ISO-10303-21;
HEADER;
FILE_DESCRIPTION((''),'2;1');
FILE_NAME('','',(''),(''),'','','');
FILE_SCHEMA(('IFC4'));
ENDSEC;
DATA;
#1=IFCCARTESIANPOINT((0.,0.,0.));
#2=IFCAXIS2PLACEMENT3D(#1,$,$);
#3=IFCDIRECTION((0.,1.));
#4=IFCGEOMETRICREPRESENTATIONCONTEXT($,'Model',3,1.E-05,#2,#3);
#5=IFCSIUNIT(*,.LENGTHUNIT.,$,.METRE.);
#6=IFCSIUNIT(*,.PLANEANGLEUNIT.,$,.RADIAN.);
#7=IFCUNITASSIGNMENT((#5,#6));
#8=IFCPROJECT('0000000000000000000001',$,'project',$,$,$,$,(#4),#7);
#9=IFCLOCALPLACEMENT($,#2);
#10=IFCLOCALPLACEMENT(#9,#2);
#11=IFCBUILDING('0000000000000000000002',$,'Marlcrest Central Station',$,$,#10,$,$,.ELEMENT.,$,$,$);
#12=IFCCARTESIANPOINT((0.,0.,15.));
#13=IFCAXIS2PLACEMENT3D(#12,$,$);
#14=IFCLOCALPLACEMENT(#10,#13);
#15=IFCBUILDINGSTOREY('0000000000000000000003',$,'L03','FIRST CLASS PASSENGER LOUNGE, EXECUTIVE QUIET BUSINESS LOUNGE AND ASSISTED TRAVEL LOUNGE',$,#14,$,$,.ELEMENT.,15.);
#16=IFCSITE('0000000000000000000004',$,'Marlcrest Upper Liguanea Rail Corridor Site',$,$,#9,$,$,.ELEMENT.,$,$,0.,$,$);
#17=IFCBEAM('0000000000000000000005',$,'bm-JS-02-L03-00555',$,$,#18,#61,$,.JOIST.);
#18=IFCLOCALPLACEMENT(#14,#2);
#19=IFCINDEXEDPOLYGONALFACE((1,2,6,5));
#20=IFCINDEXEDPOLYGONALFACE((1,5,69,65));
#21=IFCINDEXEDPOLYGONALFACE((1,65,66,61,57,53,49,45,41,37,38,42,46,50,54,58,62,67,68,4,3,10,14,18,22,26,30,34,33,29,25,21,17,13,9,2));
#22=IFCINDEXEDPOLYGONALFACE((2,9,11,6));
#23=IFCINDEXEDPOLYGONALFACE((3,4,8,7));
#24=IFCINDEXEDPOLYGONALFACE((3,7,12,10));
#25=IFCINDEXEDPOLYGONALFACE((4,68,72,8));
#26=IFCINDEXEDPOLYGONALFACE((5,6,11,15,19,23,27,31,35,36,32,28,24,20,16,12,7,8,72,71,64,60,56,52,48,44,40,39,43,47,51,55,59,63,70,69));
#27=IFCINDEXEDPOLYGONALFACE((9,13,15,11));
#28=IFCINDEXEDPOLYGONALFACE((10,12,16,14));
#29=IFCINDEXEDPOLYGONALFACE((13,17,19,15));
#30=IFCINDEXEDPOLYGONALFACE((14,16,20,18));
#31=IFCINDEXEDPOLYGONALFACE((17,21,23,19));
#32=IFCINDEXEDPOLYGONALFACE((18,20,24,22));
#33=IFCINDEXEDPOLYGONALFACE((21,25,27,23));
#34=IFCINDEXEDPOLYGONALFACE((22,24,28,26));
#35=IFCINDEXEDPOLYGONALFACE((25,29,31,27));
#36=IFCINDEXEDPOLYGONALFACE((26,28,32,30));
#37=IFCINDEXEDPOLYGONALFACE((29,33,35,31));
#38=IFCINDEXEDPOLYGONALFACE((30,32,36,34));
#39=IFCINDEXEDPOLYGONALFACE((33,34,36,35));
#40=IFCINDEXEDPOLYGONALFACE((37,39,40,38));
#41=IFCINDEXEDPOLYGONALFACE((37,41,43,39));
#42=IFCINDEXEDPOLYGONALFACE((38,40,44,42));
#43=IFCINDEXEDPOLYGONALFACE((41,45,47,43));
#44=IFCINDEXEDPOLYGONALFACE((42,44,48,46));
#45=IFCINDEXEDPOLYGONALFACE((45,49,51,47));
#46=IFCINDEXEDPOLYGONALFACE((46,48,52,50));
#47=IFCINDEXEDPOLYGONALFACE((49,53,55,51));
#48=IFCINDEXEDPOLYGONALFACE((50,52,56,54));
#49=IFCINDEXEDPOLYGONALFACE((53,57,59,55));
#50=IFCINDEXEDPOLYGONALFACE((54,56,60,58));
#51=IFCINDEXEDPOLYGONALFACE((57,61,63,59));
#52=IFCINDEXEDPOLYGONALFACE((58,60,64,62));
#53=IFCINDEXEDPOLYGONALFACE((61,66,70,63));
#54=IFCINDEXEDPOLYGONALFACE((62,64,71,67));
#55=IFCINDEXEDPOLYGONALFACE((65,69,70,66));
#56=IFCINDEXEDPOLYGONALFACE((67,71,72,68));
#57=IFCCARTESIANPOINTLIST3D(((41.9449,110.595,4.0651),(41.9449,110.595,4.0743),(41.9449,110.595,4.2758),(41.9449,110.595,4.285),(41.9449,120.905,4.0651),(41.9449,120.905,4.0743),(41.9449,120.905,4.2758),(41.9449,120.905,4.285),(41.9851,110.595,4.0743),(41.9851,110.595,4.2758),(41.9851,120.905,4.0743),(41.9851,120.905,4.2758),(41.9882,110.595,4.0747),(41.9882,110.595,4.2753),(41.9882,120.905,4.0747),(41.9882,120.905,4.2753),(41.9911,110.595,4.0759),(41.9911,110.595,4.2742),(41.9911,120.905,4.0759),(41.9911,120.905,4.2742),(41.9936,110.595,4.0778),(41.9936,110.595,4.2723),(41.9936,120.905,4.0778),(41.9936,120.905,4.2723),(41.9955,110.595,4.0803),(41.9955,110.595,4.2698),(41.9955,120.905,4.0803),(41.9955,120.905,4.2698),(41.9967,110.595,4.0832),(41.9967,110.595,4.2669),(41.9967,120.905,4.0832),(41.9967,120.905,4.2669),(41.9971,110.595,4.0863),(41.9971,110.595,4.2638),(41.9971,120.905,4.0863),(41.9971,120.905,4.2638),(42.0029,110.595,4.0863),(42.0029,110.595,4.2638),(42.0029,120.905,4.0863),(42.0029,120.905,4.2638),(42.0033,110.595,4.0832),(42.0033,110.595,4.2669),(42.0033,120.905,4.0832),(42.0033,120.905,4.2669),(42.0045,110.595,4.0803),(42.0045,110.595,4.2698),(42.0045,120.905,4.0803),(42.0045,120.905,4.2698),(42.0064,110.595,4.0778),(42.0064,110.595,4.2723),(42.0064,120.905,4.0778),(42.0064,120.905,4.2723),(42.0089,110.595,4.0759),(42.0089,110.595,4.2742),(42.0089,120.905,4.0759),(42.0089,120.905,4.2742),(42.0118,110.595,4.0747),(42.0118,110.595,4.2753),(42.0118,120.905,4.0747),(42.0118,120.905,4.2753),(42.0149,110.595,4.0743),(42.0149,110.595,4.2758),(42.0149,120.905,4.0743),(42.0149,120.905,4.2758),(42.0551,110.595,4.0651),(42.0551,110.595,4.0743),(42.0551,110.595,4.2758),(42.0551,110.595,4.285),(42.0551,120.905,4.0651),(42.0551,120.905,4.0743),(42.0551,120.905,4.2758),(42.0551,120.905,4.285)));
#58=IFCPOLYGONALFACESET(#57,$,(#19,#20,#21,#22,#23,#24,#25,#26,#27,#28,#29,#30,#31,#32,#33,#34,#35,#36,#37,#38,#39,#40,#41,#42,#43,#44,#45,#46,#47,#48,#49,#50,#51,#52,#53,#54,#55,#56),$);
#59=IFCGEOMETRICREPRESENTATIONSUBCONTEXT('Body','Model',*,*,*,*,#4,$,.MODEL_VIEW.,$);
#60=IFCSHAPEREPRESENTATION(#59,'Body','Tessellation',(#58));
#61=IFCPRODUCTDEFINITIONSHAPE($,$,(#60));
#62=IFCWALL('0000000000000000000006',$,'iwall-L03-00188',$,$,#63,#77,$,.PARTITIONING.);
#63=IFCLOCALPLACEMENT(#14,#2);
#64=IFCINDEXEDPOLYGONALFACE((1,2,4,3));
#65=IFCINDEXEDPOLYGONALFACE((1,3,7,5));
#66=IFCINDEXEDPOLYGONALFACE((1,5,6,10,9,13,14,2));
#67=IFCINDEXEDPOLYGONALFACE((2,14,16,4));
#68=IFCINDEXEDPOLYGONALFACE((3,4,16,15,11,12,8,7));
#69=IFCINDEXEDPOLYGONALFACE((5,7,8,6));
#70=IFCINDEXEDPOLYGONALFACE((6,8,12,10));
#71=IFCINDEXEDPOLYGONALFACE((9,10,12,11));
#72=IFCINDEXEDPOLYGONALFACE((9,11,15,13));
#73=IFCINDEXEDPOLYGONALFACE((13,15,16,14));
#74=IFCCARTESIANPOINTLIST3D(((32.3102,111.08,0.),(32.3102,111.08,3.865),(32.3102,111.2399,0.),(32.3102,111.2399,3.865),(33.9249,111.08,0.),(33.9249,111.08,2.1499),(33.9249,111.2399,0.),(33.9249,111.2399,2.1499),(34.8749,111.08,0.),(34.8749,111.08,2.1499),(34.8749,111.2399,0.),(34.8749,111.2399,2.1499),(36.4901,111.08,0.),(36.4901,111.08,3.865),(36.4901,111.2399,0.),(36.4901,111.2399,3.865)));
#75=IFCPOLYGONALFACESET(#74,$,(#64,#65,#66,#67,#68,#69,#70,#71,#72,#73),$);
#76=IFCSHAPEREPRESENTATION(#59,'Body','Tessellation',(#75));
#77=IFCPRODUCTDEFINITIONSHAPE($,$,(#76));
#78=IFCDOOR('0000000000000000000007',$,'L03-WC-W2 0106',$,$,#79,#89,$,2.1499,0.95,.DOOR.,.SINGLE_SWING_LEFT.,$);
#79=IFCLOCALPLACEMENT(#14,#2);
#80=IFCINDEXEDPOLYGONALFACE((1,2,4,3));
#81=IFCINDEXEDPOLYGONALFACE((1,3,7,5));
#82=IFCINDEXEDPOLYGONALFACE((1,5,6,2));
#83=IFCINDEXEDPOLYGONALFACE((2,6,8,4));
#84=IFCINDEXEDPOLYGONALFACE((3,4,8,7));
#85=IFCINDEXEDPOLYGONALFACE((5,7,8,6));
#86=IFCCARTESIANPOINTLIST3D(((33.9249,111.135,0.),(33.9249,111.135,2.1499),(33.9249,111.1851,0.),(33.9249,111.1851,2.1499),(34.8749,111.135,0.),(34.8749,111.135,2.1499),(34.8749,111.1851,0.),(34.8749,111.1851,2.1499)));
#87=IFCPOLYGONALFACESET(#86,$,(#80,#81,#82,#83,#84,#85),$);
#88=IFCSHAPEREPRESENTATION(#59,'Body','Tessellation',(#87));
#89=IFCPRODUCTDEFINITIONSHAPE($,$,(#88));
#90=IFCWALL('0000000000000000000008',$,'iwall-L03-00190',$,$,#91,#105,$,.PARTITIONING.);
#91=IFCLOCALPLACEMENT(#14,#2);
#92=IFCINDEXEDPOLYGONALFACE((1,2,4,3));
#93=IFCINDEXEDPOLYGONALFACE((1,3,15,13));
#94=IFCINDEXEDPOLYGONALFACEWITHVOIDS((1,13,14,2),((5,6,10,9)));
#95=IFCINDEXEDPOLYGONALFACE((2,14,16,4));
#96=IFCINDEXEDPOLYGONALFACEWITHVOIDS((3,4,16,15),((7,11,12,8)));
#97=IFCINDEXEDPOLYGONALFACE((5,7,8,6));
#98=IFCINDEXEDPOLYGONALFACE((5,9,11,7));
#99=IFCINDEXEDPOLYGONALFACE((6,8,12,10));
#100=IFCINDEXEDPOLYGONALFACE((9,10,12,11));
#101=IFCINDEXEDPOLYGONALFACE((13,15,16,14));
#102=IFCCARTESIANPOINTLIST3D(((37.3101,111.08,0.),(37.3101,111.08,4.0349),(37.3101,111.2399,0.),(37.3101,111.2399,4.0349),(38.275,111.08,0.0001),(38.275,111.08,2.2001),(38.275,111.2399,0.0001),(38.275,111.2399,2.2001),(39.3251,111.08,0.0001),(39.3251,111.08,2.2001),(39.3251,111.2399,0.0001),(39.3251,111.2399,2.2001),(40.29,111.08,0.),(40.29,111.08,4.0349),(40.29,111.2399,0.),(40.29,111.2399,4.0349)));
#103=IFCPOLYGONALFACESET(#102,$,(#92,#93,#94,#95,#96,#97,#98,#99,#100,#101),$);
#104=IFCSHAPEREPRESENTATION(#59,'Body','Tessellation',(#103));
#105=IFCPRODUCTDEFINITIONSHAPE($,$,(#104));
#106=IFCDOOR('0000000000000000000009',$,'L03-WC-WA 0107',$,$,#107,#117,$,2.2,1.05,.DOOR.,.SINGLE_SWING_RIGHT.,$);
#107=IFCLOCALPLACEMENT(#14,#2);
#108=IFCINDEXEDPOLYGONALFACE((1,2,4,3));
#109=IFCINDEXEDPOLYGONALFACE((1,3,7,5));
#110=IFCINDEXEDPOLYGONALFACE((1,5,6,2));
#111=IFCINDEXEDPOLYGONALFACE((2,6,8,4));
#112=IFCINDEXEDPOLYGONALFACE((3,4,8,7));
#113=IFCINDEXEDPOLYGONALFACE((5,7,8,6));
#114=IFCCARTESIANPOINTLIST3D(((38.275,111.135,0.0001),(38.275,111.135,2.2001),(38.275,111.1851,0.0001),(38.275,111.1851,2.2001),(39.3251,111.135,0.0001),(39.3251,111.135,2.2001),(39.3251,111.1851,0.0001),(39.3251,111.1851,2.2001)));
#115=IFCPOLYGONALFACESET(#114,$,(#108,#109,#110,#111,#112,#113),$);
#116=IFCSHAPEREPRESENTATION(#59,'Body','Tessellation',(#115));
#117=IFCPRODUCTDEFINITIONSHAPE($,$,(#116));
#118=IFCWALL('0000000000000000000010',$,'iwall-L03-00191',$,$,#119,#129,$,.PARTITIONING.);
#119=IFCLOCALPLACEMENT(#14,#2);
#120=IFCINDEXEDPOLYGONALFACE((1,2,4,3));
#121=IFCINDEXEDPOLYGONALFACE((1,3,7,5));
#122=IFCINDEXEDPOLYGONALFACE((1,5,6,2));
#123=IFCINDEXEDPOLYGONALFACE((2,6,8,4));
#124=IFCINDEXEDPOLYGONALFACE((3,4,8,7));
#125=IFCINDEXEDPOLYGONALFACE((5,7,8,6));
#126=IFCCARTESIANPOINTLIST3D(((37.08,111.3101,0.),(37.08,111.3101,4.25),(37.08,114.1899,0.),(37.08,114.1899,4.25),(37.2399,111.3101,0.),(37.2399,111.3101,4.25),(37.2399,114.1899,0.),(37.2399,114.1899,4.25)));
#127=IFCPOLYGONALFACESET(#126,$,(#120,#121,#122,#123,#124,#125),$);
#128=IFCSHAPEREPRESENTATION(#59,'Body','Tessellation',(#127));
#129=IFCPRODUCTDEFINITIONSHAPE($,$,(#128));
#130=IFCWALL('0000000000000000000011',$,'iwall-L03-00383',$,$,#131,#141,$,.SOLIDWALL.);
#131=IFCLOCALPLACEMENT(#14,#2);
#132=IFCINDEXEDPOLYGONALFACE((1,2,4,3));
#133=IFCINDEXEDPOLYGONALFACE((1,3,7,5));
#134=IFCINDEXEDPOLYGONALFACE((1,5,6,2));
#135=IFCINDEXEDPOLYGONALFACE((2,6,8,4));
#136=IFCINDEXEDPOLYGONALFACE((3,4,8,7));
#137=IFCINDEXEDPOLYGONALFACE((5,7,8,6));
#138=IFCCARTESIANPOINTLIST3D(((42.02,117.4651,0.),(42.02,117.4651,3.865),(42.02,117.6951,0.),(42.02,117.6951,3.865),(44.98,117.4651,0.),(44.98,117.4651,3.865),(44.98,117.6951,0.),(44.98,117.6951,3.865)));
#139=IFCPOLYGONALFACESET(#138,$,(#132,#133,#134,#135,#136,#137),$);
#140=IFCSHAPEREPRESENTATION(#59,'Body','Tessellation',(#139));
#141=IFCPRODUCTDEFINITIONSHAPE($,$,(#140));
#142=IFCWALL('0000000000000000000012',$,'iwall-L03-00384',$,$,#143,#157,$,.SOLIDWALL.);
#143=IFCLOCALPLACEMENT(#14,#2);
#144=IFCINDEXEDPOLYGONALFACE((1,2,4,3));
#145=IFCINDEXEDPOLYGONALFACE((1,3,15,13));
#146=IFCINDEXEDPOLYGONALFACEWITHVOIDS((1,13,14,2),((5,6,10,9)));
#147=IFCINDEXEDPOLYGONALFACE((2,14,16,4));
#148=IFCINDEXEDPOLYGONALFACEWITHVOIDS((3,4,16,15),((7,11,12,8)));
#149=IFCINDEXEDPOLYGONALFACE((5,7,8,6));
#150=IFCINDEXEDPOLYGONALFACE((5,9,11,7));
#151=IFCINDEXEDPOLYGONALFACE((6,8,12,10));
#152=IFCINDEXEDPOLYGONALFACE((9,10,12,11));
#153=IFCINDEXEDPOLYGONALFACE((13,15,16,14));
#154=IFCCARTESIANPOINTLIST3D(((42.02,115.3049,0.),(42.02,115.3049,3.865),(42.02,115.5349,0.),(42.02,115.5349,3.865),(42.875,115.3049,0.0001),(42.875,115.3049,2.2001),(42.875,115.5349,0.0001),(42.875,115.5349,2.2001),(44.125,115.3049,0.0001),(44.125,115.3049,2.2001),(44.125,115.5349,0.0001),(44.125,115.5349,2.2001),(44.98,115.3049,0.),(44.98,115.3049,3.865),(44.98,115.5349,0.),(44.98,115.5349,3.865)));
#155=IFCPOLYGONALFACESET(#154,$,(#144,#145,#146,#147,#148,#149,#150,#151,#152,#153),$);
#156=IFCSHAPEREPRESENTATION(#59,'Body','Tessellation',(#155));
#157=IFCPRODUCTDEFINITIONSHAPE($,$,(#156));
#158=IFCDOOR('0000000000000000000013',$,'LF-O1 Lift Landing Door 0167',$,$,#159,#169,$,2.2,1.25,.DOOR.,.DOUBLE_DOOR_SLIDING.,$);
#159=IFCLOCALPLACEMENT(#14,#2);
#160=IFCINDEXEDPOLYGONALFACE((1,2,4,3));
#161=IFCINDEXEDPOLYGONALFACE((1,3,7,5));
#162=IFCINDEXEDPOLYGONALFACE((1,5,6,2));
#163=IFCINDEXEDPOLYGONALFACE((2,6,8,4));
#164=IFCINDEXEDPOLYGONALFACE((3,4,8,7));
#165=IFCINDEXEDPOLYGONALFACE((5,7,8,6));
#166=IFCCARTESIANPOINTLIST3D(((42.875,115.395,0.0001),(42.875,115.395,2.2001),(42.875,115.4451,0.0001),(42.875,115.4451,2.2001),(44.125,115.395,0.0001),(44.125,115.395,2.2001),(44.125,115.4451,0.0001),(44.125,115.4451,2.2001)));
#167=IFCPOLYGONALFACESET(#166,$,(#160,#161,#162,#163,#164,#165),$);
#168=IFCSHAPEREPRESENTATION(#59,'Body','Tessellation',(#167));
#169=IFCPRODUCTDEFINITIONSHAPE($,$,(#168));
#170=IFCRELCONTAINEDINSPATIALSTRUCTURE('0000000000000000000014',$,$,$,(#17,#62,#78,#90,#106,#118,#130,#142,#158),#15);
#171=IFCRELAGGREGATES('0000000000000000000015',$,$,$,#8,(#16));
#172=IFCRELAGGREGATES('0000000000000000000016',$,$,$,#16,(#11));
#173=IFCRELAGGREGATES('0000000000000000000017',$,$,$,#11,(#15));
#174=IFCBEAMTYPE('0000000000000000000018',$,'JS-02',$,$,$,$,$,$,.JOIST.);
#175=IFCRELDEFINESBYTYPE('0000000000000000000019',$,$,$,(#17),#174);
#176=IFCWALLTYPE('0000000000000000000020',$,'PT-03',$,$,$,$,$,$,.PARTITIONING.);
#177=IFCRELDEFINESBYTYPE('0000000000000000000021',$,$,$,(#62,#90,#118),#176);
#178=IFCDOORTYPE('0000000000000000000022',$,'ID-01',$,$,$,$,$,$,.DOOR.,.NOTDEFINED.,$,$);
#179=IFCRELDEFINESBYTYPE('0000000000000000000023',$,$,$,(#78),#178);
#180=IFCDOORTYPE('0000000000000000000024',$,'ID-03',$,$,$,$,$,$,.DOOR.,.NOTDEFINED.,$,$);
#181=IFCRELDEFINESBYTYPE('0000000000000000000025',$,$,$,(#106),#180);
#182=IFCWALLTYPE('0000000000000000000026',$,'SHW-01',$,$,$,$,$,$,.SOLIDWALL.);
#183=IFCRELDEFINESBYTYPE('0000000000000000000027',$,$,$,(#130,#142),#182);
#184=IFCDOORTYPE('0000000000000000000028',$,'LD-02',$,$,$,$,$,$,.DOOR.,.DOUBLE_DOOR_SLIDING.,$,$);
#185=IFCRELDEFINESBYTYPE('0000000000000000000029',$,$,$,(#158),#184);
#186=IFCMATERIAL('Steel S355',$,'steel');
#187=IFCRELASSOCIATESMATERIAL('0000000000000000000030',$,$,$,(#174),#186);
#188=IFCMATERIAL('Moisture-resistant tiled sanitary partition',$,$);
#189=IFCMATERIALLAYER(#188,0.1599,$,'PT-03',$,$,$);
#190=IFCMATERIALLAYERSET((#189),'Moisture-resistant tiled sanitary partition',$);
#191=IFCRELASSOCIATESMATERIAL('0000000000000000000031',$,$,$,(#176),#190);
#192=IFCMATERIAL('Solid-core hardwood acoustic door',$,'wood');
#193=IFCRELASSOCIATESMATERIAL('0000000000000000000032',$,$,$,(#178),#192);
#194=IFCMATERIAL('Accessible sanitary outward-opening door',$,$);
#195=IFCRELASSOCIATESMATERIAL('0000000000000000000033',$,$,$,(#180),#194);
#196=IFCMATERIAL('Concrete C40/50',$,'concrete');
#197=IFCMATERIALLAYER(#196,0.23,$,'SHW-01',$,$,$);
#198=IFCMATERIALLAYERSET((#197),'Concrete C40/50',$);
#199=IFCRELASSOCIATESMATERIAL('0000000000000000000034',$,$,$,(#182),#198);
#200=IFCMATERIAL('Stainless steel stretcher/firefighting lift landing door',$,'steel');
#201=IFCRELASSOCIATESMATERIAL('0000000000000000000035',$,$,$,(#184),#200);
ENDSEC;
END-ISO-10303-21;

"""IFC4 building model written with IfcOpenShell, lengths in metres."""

from ifc_helpers import new_model, si_unit, direction, frame, frame_2d, origin, origin_2d, place, context, subcontext, project, spatial, rectangle, i_section, extrude, material, layer, layer_set, material_profile, profile_set, type_object, element, fill, save


model = new_model("IFC4")

# Units and contexts
model_context = context("Model", 3, precision=1e-05, world=origin(), true_north=direction((0.0, 1.0)))
body_context = subcontext(model_context, "Body", "Model", "MODEL_VIEW")
ifc_project = project(units=[si_unit("LENGTHUNIT", "METRE"), si_unit("PLANEANGLEUNIT", "RADIAN")], contexts=[model_context])

# Site, building, storey
site_placement = place(None, origin())
site = spatial("IfcSite", under=ifc_project, at=site_placement, Name="Marlcrest Upper Liguanea Rail Corridor Site", CompositionType="ELEMENT", RefElevation=0.0)
building_placement = place(site_placement, origin())
building = spatial("IfcBuilding", under=site, at=building_placement, Name="Marlcrest Central Station", CompositionType="ELEMENT")
storey_placement = place(building_placement, frame((0.0, 0.0, 15.0)))
storey = spatial("IfcBuildingStorey", under=building, at=storey_placement, Name="L03", Description="FIRST CLASS PASSENGER LOUNGE, EXECUTIVE QUIET BUSINESS LOUNGE AND ASSISTED TRAVEL LOUNGE", CompositionType="ELEMENT", Elevation=15.0)

# Beam
ifc_material_1 = material(Name="Steel S355", Category="steel")
ifc_material_profile = material_profile(ifc_material_1, i_section(OverallWidth=0.1101, OverallDepth=0.22, WebThickness=0.0059, FlangeThickness=0.0093, FilletRadius=0.012, at=origin_2d()), Name="IPE 220")
ifc_profile_set = profile_set([ifc_material_profile], Name="Steel S355")
beam_type = type_object("IfcBeamType", Name="JS-02", PredefinedType="JOIST", material=ifc_profile_set)
beam_placement = place(storey_placement, frame((42.0, 110.595, 4.175), z_axis=(0.0, 1.0, 0.0), x_axis=(-1.0, 0.0, 0.0)))
element("IfcBeam", 1, at=beam_placement, inside=storey, type_object=beam_type, Name="bm-JS-02-L03-00555", PredefinedType="JOIST", context=body_context, shape_type="SweptSolid", body=[
    extrude(i_section(OverallWidth=0.1101, OverallDepth=0.22, WebThickness=0.0059, FlangeThickness=0.0093, FilletRadius=0.012, at=origin_2d()), origin(), (0.0, 0.0, 1.0), 10.3101),
])

# Walls, openings, doors
ifc_material_2 = material(Name="Moisture-resistant tiled sanitary partition")
ifc_layer_1 = layer(ifc_material_2, 0.1599, Name="PT-03")
ifc_layer_set_1 = layer_set([ifc_layer_1], Name="Moisture-resistant tiled sanitary partition")
wall_type_1 = type_object("IfcWallType", Name="PT-03", PredefinedType="PARTITIONING", material=ifc_layer_set_1)
wall_1_placement = place(storey_placement, frame((36.49, 111.1599, 0.0), z_axis=(0.0, 0.0, 1.0), x_axis=(-1.0, 0.0, 0.0)))
wall_1 = element("IfcWall", 2, at=wall_1_placement, inside=storey, type_object=wall_type_1, Name="iwall-L03-00188", PredefinedType="PARTITIONING", context=body_context, shape_type="SweptSolid", body=[
    extrude(rectangle(XDim=4.1799, YDim=0.1599, at=frame_2d((2.0898, 0.0))), origin(), (0.0, 0.0, 1.0), 3.865),
])
opening_1_placement = place(wall_1_placement, frame((1.615, 0.0, 0.0)))
opening_1 = element("IfcOpeningElement", 3, at=opening_1_placement, cuts=wall_1, PredefinedType="OPENING", context=body_context, shape_type="SweptSolid", body=[
    extrude(rectangle(XDim=0.95, YDim=2.1499, at=frame_2d((0.4751, 1.075))), frame((0.0, 0.0898, 0.0), z_axis=(0.0, -1.0, 0.0), x_axis=(1.0, 0.0, 0.0)), (0.0, 0.0, 1.0), 0.1799),
])
ifc_material_3 = material(Name="Solid-core hardwood acoustic door", Category="wood")
door_type_1 = type_object("IfcDoorType", Name="ID-01", OperationType="NOTDEFINED", PredefinedType="DOOR", material=ifc_material_3)
door_1_placement = place(opening_1_placement, origin())
door_1 = element("IfcDoor", 4, at=door_1_placement, inside=storey, type_object=door_type_1, Name="L03-WC-W2 0106", OperationType="SINGLE_SWING_LEFT", OverallHeight=2.1499, OverallWidth=0.95, PredefinedType="DOOR", context=body_context, shape_type="SweptSolid", body=[
    extrude(rectangle(XDim=0.95, YDim=2.1499, at=frame_2d((0.4751, 1.075))), frame((0.0, 0.0249, 0.0), z_axis=(0.0, -1.0, 0.0), x_axis=(1.0, 0.0, 0.0)), (0.0, 0.0, 1.0), 0.05),
])
fill(opening_1, door_1)
wall_2_placement = place(storey_placement, frame((40.29, 111.1599, 0.0), z_axis=(0.0, 0.0, 1.0), x_axis=(-1.0, 0.0, 0.0)))
wall_2 = element("IfcWall", 5, at=wall_2_placement, inside=storey, type_object=wall_type_1, Name="iwall-L03-00190", PredefinedType="PARTITIONING", context=body_context, shape_type="SweptSolid", body=[
    extrude(rectangle(XDim=2.98, YDim=0.1599, at=frame_2d((1.49, 0.0))), origin(), (0.0, 0.0, 1.0), 4.0349),
])
opening_2_placement = place(wall_2_placement, frame((0.9651, 0.0, 0.0)))
opening_2 = element("IfcOpeningElement", 6, at=opening_2_placement, cuts=wall_2, PredefinedType="OPENING", context=body_context, shape_type="SweptSolid", body=[
    extrude(rectangle(XDim=1.05, YDim=2.2, at=frame_2d((0.5249, 1.1001))), frame((0.0, 0.0898, 0.0), z_axis=(0.0, -1.0, 0.0), x_axis=(1.0, 0.0, 0.0)), (0.0, 0.0, 1.0), 0.1799),
])
ifc_material_4 = material(Name="Accessible sanitary outward-opening door")
door_type_2 = type_object("IfcDoorType", Name="ID-03", OperationType="NOTDEFINED", PredefinedType="DOOR", material=ifc_material_4)
door_2_placement = place(opening_2_placement, origin())
door_2 = element("IfcDoor", 7, at=door_2_placement, inside=storey, type_object=door_type_2, Name="L03-WC-WA 0107", OperationType="SINGLE_SWING_RIGHT", OverallHeight=2.2, OverallWidth=1.05, PredefinedType="DOOR", context=body_context, shape_type="SweptSolid", body=[
    extrude(rectangle(XDim=1.05, YDim=2.2, at=frame_2d((0.5249, 1.1001))), frame((0.0, 0.0249, 0.0), z_axis=(0.0, -1.0, 0.0), x_axis=(1.0, 0.0, 0.0)), (0.0, 0.0, 1.0), 0.05),
])
fill(opening_2, door_2)

# Walls
wall_3_placement = place(storey_placement, frame((37.1599, 111.3101, 0.0), z_axis=(0.0, 0.0, 1.0), x_axis=(0.0, 1.0, 0.0)))
element("IfcWall", 8, at=wall_3_placement, inside=storey, type_object=wall_type_1, Name="iwall-L03-00191", PredefinedType="PARTITIONING", context=body_context, shape_type="SweptSolid", body=[
    extrude(rectangle(XDim=2.8799, YDim=0.1599, at=frame_2d((1.4399, 0.0))), origin(), (0.0, 0.0, 1.0), 4.25),
])
ifc_material_5 = material(Name="Concrete C40/50", Category="concrete")
ifc_layer_2 = layer(ifc_material_5, 0.23, Name="SHW-01")
ifc_layer_set_2 = layer_set([ifc_layer_2], Name="Concrete C40/50")
wall_type_2 = type_object("IfcWallType", Name="SHW-01", PredefinedType="SOLIDWALL", material=ifc_layer_set_2)
wall_4_placement = place(storey_placement, frame((42.02, 117.5801, 0.0), z_axis=(0.0, 0.0, 1.0), x_axis=(1.0, 0.0, 0.0)))
element("IfcWall", 9, at=wall_4_placement, inside=storey, type_object=wall_type_2, Name="iwall-L03-00383", PredefinedType="SOLIDWALL", context=body_context, shape_type="SweptSolid", body=[
    extrude(rectangle(XDim=2.96, YDim=0.23, at=frame_2d((1.48, 0.0))), origin(), (0.0, 0.0, 1.0), 3.865),
])

# Wall, opening, door
wall_5_placement = place(storey_placement, frame((44.98, 115.4199, 0.0), z_axis=(0.0, 0.0, 1.0), x_axis=(-1.0, 0.0, 0.0)))
wall_5 = element("IfcWall", 10, at=wall_5_placement, inside=storey, type_object=wall_type_2, Name="iwall-L03-00384", PredefinedType="SOLIDWALL", context=body_context, shape_type="SweptSolid", body=[
    extrude(rectangle(XDim=2.96, YDim=0.23, at=frame_2d((1.48, 0.0))), origin(), (0.0, 0.0, 1.0), 3.865),
])
opening_3_placement = place(wall_5_placement, frame((0.855, 0.0, 0.0)))
opening_3 = element("IfcOpeningElement", 11, at=opening_3_placement, cuts=wall_5, PredefinedType="OPENING", context=body_context, shape_type="SweptSolid", body=[
    extrude(rectangle(XDim=1.25, YDim=2.2, at=frame_2d((0.625, 1.1001))), frame((0.0, 0.125, 0.0), z_axis=(0.0, -1.0, 0.0), x_axis=(1.0, 0.0, 0.0)), (0.0, 0.0, 1.0), 0.25),
])
ifc_material_6 = material(Name="Stainless steel stretcher/firefighting lift landing door", Category="steel")
door_type_3 = type_object("IfcDoorType", Name="LD-02", OperationType="DOUBLE_DOOR_SLIDING", PredefinedType="DOOR", material=ifc_material_6)
door_3_placement = place(opening_3_placement, origin())
door_3 = element("IfcDoor", 12, at=door_3_placement, inside=storey, type_object=door_type_3, Name="LF-O1 Lift Landing Door 0167", OperationType="DOUBLE_DOOR_SLIDING", OverallHeight=2.2, OverallWidth=1.25, PredefinedType="DOOR", context=body_context, shape_type="SweptSolid", body=[
    extrude(rectangle(XDim=1.25, YDim=2.2, at=frame_2d((0.625, 1.1001))), frame((0.0, 0.0249, 0.0), z_axis=(0.0, -1.0, 0.0), x_axis=(1.0, 0.0, 0.0)), (0.0, 0.0, 1.0), 0.05),
])
fill(opening_3, door_3)

save(model, "model.ifc")
